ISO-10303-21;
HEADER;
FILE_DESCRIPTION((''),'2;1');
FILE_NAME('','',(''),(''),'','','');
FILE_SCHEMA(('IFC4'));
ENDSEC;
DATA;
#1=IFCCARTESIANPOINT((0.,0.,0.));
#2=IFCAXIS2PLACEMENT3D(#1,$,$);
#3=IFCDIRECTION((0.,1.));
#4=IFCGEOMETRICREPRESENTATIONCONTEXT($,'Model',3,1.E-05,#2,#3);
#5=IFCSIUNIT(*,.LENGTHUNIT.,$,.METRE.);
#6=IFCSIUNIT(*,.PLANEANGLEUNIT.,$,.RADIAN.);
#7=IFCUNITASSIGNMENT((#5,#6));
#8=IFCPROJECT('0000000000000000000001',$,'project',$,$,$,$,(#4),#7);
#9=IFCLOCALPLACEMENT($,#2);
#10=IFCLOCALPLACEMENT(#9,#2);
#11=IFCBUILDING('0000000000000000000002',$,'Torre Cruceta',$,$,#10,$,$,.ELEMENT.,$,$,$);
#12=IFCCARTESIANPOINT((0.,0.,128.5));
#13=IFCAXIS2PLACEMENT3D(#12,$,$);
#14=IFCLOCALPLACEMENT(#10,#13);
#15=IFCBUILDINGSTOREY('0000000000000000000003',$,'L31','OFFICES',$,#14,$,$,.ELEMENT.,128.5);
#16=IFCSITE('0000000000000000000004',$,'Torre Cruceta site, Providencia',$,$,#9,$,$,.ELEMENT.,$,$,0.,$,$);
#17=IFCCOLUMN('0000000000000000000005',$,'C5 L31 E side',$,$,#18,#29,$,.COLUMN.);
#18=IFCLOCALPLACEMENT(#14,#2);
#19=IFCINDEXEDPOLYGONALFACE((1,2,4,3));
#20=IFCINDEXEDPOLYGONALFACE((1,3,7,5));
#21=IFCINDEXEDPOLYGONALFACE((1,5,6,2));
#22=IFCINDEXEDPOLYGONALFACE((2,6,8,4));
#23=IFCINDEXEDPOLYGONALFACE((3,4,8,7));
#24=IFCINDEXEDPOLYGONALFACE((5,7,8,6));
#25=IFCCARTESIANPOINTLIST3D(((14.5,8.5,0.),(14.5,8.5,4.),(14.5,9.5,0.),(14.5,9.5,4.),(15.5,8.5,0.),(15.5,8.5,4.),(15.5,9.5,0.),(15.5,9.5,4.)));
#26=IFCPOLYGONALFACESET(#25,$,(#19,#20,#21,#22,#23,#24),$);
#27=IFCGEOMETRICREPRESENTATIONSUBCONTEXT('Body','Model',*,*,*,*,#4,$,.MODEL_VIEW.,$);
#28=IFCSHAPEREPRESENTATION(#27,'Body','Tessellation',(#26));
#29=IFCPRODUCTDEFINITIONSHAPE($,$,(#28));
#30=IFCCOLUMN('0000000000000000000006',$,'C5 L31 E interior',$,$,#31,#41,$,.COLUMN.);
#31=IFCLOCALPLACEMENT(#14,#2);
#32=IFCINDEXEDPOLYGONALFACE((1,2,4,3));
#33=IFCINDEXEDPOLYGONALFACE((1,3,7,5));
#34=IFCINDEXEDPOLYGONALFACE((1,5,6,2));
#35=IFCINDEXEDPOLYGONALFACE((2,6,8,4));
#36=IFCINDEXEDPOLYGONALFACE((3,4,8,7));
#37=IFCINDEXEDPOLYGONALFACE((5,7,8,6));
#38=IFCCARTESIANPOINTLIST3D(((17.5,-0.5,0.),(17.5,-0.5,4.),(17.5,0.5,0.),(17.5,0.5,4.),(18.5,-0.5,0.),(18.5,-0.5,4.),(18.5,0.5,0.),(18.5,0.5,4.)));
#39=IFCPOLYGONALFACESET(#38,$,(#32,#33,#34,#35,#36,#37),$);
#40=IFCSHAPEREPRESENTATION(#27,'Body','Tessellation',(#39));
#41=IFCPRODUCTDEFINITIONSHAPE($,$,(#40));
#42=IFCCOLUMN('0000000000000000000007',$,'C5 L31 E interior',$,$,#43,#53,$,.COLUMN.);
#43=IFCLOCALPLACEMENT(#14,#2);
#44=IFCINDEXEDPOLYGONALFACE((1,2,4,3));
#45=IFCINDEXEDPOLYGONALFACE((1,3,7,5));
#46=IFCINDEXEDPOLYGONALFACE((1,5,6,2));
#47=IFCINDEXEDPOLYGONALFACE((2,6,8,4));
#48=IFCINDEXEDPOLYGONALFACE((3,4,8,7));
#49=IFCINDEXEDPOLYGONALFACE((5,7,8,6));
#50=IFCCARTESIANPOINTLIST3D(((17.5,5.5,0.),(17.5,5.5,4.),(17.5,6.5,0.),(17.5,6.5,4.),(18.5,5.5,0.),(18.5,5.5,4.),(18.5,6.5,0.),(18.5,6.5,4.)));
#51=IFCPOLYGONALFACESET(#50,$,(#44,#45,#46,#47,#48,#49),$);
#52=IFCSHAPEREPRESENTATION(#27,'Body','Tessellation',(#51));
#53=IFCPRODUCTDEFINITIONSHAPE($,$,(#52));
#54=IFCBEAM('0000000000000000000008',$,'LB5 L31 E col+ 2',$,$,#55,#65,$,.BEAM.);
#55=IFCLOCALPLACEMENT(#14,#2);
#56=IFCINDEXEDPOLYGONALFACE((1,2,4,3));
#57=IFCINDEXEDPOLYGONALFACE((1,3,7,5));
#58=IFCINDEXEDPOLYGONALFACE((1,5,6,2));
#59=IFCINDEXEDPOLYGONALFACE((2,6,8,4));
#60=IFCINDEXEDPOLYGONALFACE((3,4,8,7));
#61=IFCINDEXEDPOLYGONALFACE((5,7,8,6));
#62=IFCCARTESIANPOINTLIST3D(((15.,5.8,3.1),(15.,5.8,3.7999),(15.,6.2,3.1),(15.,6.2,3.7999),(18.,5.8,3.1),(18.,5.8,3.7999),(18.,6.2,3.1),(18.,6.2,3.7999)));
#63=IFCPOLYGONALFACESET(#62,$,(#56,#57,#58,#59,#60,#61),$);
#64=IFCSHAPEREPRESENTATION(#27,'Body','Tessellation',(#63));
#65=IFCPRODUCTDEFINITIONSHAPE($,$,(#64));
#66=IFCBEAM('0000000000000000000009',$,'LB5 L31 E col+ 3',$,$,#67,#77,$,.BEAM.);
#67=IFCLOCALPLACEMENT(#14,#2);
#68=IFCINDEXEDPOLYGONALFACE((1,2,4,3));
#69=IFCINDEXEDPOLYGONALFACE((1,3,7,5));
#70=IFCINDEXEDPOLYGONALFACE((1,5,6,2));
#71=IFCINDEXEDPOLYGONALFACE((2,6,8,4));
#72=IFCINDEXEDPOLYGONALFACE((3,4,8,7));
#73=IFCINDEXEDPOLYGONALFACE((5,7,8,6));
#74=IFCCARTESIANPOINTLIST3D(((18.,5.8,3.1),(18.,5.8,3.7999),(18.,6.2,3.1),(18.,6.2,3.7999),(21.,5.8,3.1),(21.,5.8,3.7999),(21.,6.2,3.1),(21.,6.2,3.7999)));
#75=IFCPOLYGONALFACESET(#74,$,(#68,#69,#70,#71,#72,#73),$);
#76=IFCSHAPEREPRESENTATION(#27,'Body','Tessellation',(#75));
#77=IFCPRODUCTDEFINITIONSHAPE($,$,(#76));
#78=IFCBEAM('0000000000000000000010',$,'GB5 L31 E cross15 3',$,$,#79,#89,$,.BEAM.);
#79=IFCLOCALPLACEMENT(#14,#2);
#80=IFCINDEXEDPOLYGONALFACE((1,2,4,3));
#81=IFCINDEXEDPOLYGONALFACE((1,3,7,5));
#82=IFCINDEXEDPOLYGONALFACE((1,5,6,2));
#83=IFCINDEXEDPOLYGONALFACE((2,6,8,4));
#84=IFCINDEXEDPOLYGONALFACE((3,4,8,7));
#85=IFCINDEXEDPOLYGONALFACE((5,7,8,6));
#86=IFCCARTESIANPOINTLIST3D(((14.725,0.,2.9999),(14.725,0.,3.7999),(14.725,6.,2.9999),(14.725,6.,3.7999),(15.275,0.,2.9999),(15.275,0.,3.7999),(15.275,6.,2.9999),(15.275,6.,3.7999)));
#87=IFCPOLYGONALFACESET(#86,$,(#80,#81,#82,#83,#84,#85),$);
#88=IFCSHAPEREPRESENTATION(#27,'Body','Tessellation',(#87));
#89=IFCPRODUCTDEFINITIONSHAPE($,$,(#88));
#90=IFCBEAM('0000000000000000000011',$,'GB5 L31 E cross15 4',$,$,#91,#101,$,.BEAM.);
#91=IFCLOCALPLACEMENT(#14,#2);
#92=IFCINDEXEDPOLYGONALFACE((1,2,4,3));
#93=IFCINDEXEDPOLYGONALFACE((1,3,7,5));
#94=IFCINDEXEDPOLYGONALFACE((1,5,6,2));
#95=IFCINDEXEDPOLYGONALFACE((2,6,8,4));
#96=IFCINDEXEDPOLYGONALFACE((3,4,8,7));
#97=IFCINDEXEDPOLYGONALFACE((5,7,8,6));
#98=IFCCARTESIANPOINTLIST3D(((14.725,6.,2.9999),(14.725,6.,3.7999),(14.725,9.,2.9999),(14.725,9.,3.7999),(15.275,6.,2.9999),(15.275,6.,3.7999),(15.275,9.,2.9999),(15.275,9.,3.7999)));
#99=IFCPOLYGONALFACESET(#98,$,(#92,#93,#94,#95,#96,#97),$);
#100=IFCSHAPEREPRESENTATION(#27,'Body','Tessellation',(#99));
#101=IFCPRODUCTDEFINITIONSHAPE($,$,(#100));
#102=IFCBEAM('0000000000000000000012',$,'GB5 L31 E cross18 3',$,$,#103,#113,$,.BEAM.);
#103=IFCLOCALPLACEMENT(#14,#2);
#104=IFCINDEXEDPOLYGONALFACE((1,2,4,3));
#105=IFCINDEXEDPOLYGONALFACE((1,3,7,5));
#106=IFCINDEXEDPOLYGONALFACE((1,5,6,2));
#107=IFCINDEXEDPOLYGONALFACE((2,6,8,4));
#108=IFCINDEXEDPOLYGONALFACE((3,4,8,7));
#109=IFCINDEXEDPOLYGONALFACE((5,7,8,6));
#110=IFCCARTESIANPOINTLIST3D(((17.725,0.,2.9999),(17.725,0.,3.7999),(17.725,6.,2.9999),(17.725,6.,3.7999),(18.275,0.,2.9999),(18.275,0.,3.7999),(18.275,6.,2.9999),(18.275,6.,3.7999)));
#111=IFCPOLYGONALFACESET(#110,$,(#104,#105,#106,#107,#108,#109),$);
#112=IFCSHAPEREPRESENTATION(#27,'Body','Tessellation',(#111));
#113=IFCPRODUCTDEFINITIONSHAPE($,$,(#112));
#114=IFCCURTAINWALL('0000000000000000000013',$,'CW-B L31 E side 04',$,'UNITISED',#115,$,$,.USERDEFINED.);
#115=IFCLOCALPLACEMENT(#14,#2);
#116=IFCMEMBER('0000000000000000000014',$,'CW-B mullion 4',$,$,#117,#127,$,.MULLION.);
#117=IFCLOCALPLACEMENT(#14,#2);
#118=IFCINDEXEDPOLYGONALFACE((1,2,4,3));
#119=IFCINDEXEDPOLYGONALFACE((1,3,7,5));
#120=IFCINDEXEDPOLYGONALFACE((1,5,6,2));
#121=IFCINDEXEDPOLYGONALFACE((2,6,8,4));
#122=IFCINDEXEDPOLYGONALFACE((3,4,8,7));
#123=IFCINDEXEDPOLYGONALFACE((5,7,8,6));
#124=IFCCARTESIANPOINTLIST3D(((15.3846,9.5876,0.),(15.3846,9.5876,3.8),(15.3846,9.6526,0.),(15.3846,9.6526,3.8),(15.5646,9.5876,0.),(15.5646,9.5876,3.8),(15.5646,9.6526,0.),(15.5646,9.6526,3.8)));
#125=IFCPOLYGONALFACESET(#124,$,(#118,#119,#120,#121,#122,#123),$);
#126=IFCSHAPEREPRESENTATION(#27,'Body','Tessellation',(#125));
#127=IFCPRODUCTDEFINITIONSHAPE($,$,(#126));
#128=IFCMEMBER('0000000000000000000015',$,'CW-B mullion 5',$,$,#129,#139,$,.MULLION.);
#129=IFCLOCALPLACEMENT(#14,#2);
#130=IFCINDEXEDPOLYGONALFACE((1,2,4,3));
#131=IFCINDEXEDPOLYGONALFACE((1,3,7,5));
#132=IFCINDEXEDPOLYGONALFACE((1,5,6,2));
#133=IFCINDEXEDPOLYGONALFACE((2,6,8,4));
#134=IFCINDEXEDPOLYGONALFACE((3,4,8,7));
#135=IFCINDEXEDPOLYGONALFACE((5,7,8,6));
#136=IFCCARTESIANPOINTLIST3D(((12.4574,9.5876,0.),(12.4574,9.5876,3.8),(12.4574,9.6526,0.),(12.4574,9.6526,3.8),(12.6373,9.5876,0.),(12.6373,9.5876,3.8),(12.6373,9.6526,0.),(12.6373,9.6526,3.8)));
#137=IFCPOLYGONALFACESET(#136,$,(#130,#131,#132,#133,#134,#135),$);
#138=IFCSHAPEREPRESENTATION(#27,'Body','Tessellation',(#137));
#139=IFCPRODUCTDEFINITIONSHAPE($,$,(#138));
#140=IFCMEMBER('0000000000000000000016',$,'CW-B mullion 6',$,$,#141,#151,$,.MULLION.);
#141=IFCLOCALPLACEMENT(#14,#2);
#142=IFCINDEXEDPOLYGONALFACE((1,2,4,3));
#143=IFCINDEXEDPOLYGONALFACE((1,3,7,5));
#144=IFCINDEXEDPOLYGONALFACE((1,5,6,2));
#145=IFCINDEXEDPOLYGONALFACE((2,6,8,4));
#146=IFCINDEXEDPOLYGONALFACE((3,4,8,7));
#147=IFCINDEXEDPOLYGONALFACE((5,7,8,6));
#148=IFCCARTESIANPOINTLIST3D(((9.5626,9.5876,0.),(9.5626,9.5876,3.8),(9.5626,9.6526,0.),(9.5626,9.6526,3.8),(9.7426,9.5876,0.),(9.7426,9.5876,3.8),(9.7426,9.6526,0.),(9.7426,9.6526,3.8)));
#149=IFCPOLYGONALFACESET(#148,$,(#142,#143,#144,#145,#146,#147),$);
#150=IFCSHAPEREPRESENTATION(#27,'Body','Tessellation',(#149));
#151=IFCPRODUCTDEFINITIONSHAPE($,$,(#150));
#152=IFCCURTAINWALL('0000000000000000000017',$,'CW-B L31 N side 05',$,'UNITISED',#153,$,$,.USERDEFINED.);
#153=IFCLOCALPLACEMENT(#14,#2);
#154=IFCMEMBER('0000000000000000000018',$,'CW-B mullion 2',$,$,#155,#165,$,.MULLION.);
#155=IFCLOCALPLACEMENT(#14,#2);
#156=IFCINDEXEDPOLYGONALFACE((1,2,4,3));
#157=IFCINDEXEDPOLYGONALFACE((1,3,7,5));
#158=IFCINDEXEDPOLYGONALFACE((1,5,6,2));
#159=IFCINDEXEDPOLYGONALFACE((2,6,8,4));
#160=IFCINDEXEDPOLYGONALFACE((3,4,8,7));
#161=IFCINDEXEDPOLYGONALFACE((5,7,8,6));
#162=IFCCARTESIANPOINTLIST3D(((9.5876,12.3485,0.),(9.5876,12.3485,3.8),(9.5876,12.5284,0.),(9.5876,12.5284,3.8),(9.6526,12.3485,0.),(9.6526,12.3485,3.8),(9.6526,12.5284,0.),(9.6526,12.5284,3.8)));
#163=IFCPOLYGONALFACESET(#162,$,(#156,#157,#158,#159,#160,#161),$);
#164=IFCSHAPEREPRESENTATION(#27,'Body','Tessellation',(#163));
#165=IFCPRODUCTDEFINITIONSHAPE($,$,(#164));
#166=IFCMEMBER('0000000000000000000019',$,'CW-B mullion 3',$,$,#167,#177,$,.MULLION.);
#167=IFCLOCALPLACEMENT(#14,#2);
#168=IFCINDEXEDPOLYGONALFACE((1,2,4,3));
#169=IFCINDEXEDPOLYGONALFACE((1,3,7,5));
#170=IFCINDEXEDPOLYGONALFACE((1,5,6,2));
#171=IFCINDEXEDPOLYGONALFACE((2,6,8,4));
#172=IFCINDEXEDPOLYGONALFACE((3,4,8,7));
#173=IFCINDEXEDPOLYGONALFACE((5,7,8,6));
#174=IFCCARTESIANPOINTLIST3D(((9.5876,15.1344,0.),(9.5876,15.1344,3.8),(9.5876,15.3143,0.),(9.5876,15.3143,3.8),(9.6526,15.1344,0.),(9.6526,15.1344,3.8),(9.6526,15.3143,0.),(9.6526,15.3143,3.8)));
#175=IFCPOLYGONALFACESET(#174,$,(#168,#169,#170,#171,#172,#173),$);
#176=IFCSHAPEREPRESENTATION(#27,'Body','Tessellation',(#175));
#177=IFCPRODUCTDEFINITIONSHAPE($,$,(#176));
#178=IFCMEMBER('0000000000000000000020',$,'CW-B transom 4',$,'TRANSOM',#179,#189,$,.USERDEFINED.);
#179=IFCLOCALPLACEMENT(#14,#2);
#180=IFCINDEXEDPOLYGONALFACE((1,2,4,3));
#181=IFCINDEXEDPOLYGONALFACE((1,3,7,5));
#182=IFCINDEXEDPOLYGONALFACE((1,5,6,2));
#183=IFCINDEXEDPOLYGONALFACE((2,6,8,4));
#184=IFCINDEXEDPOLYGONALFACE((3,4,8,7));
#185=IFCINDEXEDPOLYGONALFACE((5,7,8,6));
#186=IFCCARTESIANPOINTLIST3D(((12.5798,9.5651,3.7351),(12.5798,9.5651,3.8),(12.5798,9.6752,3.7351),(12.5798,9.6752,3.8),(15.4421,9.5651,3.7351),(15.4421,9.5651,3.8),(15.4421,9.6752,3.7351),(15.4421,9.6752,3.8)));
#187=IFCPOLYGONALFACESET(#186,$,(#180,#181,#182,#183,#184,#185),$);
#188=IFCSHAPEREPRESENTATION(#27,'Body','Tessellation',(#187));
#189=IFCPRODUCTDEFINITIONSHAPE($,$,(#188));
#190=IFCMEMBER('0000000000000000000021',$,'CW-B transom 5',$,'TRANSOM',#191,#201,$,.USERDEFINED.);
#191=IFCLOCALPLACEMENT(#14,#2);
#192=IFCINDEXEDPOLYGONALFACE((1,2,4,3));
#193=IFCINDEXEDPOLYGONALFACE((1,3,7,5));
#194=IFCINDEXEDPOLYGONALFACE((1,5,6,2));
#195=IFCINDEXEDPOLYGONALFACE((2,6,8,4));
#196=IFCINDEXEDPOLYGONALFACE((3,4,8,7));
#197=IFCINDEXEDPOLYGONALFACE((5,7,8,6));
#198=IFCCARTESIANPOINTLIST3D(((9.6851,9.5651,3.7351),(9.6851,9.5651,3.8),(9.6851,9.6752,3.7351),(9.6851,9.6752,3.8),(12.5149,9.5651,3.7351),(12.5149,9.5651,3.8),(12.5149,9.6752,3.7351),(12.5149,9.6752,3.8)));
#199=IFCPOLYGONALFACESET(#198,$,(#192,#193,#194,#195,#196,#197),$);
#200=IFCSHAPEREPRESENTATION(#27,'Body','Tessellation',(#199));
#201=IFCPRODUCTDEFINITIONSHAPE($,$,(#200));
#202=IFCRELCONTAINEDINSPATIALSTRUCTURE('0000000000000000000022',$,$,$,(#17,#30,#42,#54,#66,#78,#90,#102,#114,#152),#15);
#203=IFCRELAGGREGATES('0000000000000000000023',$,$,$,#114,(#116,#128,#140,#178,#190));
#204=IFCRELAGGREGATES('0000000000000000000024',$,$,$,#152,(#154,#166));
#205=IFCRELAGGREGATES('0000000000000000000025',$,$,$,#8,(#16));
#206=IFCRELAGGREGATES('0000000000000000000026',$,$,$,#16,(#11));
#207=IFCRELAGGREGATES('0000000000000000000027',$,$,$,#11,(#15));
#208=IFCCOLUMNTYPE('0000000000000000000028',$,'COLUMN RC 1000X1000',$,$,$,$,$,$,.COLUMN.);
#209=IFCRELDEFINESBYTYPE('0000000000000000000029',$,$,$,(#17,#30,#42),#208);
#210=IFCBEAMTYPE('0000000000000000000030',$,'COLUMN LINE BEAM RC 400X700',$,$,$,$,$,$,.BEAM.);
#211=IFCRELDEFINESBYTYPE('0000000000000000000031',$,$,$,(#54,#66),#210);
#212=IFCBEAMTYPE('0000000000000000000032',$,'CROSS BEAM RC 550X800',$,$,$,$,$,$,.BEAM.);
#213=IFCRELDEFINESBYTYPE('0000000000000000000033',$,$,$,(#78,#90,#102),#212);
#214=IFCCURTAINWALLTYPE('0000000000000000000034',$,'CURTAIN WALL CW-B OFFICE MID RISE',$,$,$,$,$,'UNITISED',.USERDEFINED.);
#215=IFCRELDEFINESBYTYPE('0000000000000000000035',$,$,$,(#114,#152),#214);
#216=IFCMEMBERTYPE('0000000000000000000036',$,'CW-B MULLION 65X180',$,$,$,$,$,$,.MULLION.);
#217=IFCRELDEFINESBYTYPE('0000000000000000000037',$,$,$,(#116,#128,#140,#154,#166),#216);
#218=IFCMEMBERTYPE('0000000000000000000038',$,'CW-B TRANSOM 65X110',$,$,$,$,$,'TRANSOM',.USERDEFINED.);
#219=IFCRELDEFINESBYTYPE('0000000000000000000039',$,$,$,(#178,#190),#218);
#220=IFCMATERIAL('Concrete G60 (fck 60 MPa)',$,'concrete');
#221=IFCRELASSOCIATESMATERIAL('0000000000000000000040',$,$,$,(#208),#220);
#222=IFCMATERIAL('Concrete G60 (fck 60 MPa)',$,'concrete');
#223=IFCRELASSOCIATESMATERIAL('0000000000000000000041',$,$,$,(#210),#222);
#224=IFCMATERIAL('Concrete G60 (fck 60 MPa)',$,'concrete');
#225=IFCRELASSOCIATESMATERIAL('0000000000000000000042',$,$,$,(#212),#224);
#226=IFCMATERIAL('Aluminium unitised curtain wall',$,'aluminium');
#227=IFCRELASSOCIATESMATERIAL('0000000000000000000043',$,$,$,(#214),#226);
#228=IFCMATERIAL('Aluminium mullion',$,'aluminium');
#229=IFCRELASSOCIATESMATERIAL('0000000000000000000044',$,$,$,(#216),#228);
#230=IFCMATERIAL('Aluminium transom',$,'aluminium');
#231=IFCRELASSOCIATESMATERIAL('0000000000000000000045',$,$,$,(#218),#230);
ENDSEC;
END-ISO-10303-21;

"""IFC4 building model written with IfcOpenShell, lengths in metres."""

from ifc_helpers import new_model, si_unit, direction, frame, origin, origin_2d, place, context, subcontext, project, spatial, rectangle, extrude, material, material_profile, profile_set, type_object, element, aggregate, save


model = new_model("IFC4")

# Units and contexts
model_context = context("Model", 3, precision=1e-05, world=origin(), true_north=direction((0.0, 1.0)))
body_context = subcontext(model_context, "Body", "Model", "MODEL_VIEW")
ifc_project = project(units=[si_unit("LENGTHUNIT", "METRE"), si_unit("PLANEANGLEUNIT", "RADIAN")], contexts=[model_context])

# Site, building, storey
site_placement = place(None, origin())
site = spatial("IfcSite", under=ifc_project, at=site_placement, Name="Torre Cruceta site, Providencia", CompositionType="ELEMENT", RefElevation=0.0)
building_placement = place(site_placement, origin())
building = spatial("IfcBuilding", under=site, at=building_placement, Name="Torre Cruceta", CompositionType="ELEMENT")
storey_placement = place(building_placement, frame((0.0, 0.0, 128.5)))
storey = spatial("IfcBuildingStorey", under=building, at=storey_placement, Name="L31", Description="OFFICES", CompositionType="ELEMENT", Elevation=128.5)

# Columns
ifc_material_1 = material(Name="Concrete G60 (fck 60 MPa)", Category="concrete")
ifc_material_profile_1 = material_profile(ifc_material_1, rectangle(XDim=1.0, YDim=1.0, at=origin_2d()), Name="RC 1000X1000")
ifc_profile_set_1 = profile_set([ifc_material_profile_1], Name="Concrete G60 (fck 60 MPa)")
column_type = type_object("IfcColumnType", Name="COLUMN RC 1000X1000", PredefinedType="COLUMN", material=ifc_profile_set_1)
for number, where, z_axis, x_axis, name in (
    (1, (15.0, 9.0, 0.0), (0.0, 0.0, 1.0), (1.0, 0.0, 0.0), "C5 L31 E side"),
    (2, (18.0, 0.0, 0.0), (0.0, 0.0, 1.0), (1.0, 0.0, 0.0), "C5 L31 E interior"),
    (3, (18.0, 6.0, 0.0), (0.0, 0.0, 1.0), (1.0, 0.0, 0.0), "C5 L31 E interior"),
):
    element("IfcColumn", number, at=place(storey_placement, frame(where, z_axis=z_axis, x_axis=x_axis)), inside=storey, type_object=column_type, Name=name, PredefinedType="COLUMN", context=body_context, shape_type="SweptSolid", body=[
        extrude(rectangle(XDim=1.0, YDim=1.0, at=origin_2d()), origin(), (0.0, 0.0, 1.0), 4.0),
    ])

# Beams
ifc_material_2 = material(Name="Concrete G60 (fck 60 MPa)", Category="concrete")
ifc_material_profile_2 = material_profile(ifc_material_2, rectangle(XDim=0.3999, YDim=0.7, at=origin_2d()), Name="RC 400X700")
ifc_profile_set_2 = profile_set([ifc_material_profile_2], Name="Concrete G60 (fck 60 MPa)")
beam_type_1 = type_object("IfcBeamType", Name="COLUMN LINE BEAM RC 400X700", PredefinedType="BEAM", material=ifc_profile_set_2)
for number, where, z_axis, x_axis, name in (
    (4, (15.0, 6.0, 3.45), (1.0, 0.0, 0.0), (0.0, 1.0, 0.0), "LB5 L31 E col+ 2"),
    (5, (18.0, 6.0, 3.45), (1.0, 0.0, 0.0), (0.0, 1.0, 0.0), "LB5 L31 E col+ 3"),
):
    element("IfcBeam", number, at=place(storey_placement, frame(where, z_axis=z_axis, x_axis=x_axis)), inside=storey, type_object=beam_type_1, Name=name, PredefinedType="BEAM", context=body_context, shape_type="SweptSolid", body=[
        extrude(rectangle(XDim=0.3999, YDim=0.7, at=origin_2d()), origin(), (0.0, 0.0, 1.0), 3.0),
    ])
ifc_material_3 = material(Name="Concrete G60 (fck 60 MPa)", Category="concrete")
ifc_material_profile_3 = material_profile(ifc_material_3, rectangle(XDim=0.55, YDim=0.8, at=origin_2d()), Name="RC 550X800")
ifc_profile_set_3 = profile_set([ifc_material_profile_3], Name="Concrete G60 (fck 60 MPa)")
beam_type_2 = type_object("IfcBeamType", Name="CROSS BEAM RC 550X800", PredefinedType="BEAM", material=ifc_profile_set_3)
beam_1_placement = place(storey_placement, frame((15.0, 0.0, 3.3999), z_axis=(0.0, 1.0, 0.0), x_axis=(-1.0, 0.0, 0.0)))
element("IfcBeam", 6, at=beam_1_placement, inside=storey, type_object=beam_type_2, Name="GB5 L31 E cross15 3", PredefinedType="BEAM", context=body_context, shape_type="SweptSolid", body=[
    extrude(rectangle(XDim=0.55, YDim=0.8, at=origin_2d()), origin(), (0.0, 0.0, 1.0), 6.0),
])
beam_2_placement = place(storey_placement, frame((15.0, 6.0, 3.3999), z_axis=(0.0, 1.0, 0.0), x_axis=(-1.0, 0.0, 0.0)))
element("IfcBeam", 7, at=beam_2_placement, inside=storey, type_object=beam_type_2, Name="GB5 L31 E cross15 4", PredefinedType="BEAM", context=body_context, shape_type="SweptSolid", body=[
    extrude(rectangle(XDim=0.55, YDim=0.8, at=origin_2d()), origin(), (0.0, 0.0, 1.0), 3.0),
])
beam_3_placement = place(storey_placement, frame((18.0, 0.0, 3.3999), z_axis=(0.0, 1.0, 0.0), x_axis=(-1.0, 0.0, 0.0)))
element("IfcBeam", 8, at=beam_3_placement, inside=storey, type_object=beam_type_2, Name="GB5 L31 E cross18 3", PredefinedType="BEAM", context=body_context, shape_type="SweptSolid", body=[
    extrude(rectangle(XDim=0.55, YDim=0.8, at=origin_2d()), origin(), (0.0, 0.0, 1.0), 6.0),
])

# Curtain walls, members
ifc_material_4 = material(Name="Aluminium unitised curtain wall", Category="aluminium")
curtain_wall_type = type_object("IfcCurtainWallType", Name="CURTAIN WALL CW-B OFFICE MID RISE", ElementType="UNITISED", PredefinedType="USERDEFINED", material=ifc_material_4)
curtain_wall_1_placement = place(storey_placement, origin())
curtain_wall_1 = element("IfcCurtainWall", 9, at=curtain_wall_1_placement, inside=storey, type_object=curtain_wall_type, Name="CW-B L31 E side 04", ObjectType="UNITISED", PredefinedType="USERDEFINED")
ifc_material_5 = material(Name="Aluminium mullion", Category="aluminium")
ifc_material_profile_4 = material_profile(ifc_material_5, rectangle(XDim=0.0649, YDim=0.1799, at=origin_2d()), Name="AL 65X180")
ifc_profile_set_4 = profile_set([ifc_material_profile_4], Name="Aluminium mullion")
member_type_1 = type_object("IfcMemberType", Name="CW-B MULLION 65X180", PredefinedType="MULLION", material=ifc_profile_set_4)
member_1_placement = place(storey_placement, frame((15.4746, 9.6201, 0.0), z_axis=(0.0, 0.0, 1.0), x_axis=(0.0, -1.0, 0.0)))
member_1 = element("IfcMember", 10, at=member_1_placement, type_object=member_type_1, Name="CW-B mullion 4", PredefinedType="MULLION", context=body_context, shape_type="SweptSolid", body=[
    extrude(rectangle(XDim=0.0649, YDim=0.1799, at=origin_2d()), origin(), (0.0, 0.0, 1.0), 3.8),
])
member_2_placement = place(storey_placement, frame((12.5474, 9.6201, 0.0), z_axis=(0.0, 0.0, 1.0), x_axis=(0.0, -1.0, 0.0)))
member_2 = element("IfcMember", 11, at=member_2_placement, type_object=member_type_1, Name="CW-B mullion 5", PredefinedType="MULLION", context=body_context, shape_type="SweptSolid", body=[
    extrude(rectangle(XDim=0.0649, YDim=0.1799, at=origin_2d()), origin(), (0.0, 0.0, 1.0), 3.8),
])
member_3_placement = place(storey_placement, frame((9.6526, 9.6201, 0.0), z_axis=(0.0, 0.0, 1.0), x_axis=(0.0, -1.0, 0.0)))
member_3 = element("IfcMember", 12, at=member_3_placement, type_object=member_type_1, Name="CW-B mullion 6", PredefinedType="MULLION", context=body_context, shape_type="SweptSolid", body=[
    extrude(rectangle(XDim=0.0649, YDim=0.1799, at=origin_2d()), origin(), (0.0, 0.0, 1.0), 3.8),
])
curtain_wall_2_placement = place(storey_placement, origin())
curtain_wall_2 = element("IfcCurtainWall", 13, at=curtain_wall_2_placement, inside=storey, type_object=curtain_wall_type, Name="CW-B L31 N side 05", ObjectType="UNITISED", PredefinedType="USERDEFINED")
member_4_placement = place(storey_placement, frame((9.6201, 12.4385, 0.0), z_axis=(0.0, 0.0, 1.0), x_axis=(-1.0, 0.0, 0.0)))
member_4 = element("IfcMember", 14, at=member_4_placement, type_object=member_type_1, Name="CW-B mullion 2", PredefinedType="MULLION", context=body_context, shape_type="SweptSolid", body=[
    extrude(rectangle(XDim=0.0649, YDim=0.1799, at=origin_2d()), origin(), (0.0, 0.0, 1.0), 3.8),
])
member_5_placement = place(storey_placement, frame((9.6201, 15.2244, 0.0), z_axis=(0.0, 0.0, 1.0), x_axis=(-1.0, 0.0, 0.0)))
member_5 = element("IfcMember", 15, at=member_5_placement, type_object=member_type_1, Name="CW-B mullion 3", PredefinedType="MULLION", context=body_context, shape_type="SweptSolid", body=[
    extrude(rectangle(XDim=0.0649, YDim=0.1799, at=origin_2d()), origin(), (0.0, 0.0, 1.0), 3.8),
])

# Members
ifc_material_6 = material(Name="Aluminium transom", Category="aluminium")
ifc_material_profile_5 = material_profile(ifc_material_6, rectangle(XDim=0.1101, YDim=0.0649, at=origin_2d()), Name="AL 110X65")
ifc_profile_set_5 = profile_set([ifc_material_profile_5], Name="Aluminium transom")
member_type_2 = type_object("IfcMemberType", Name="CW-B TRANSOM 65X110", ElementType="TRANSOM", PredefinedType="USERDEFINED", material=ifc_profile_set_5)
member_6_placement = place(storey_placement, frame((15.4421, 9.6201, 3.7676), z_axis=(-1.0, 0.0, 0.0), x_axis=(0.0, -1.0, 0.0)))
member_6 = element("IfcMember", 16, at=member_6_placement, type_object=member_type_2, Name="CW-B transom 4", ObjectType="TRANSOM", PredefinedType="USERDEFINED", context=body_context, shape_type="SweptSolid", body=[
    extrude(rectangle(XDim=0.1101, YDim=0.0649, at=origin_2d()), origin(), (0.0, 0.0, 1.0), 2.8623),
])
member_7_placement = place(storey_placement, frame((12.5149, 9.6201, 3.7676), z_axis=(-1.0, 0.0, 0.0), x_axis=(0.0, -1.0, 0.0)))
member_7 = element("IfcMember", 17, at=member_7_placement, type_object=member_type_2, Name="CW-B transom 5", ObjectType="TRANSOM", PredefinedType="USERDEFINED", context=body_context, shape_type="SweptSolid", body=[
    extrude(rectangle(XDim=0.1101, YDim=0.0649, at=origin_2d()), origin(), (0.0, 0.0, 1.0), 2.8298),
])

aggregate(curtain_wall_1, [member_1, member_2, member_3, member_6, member_7])
aggregate(curtain_wall_2, [member_4, member_5])

save(model, "model.ifc")
